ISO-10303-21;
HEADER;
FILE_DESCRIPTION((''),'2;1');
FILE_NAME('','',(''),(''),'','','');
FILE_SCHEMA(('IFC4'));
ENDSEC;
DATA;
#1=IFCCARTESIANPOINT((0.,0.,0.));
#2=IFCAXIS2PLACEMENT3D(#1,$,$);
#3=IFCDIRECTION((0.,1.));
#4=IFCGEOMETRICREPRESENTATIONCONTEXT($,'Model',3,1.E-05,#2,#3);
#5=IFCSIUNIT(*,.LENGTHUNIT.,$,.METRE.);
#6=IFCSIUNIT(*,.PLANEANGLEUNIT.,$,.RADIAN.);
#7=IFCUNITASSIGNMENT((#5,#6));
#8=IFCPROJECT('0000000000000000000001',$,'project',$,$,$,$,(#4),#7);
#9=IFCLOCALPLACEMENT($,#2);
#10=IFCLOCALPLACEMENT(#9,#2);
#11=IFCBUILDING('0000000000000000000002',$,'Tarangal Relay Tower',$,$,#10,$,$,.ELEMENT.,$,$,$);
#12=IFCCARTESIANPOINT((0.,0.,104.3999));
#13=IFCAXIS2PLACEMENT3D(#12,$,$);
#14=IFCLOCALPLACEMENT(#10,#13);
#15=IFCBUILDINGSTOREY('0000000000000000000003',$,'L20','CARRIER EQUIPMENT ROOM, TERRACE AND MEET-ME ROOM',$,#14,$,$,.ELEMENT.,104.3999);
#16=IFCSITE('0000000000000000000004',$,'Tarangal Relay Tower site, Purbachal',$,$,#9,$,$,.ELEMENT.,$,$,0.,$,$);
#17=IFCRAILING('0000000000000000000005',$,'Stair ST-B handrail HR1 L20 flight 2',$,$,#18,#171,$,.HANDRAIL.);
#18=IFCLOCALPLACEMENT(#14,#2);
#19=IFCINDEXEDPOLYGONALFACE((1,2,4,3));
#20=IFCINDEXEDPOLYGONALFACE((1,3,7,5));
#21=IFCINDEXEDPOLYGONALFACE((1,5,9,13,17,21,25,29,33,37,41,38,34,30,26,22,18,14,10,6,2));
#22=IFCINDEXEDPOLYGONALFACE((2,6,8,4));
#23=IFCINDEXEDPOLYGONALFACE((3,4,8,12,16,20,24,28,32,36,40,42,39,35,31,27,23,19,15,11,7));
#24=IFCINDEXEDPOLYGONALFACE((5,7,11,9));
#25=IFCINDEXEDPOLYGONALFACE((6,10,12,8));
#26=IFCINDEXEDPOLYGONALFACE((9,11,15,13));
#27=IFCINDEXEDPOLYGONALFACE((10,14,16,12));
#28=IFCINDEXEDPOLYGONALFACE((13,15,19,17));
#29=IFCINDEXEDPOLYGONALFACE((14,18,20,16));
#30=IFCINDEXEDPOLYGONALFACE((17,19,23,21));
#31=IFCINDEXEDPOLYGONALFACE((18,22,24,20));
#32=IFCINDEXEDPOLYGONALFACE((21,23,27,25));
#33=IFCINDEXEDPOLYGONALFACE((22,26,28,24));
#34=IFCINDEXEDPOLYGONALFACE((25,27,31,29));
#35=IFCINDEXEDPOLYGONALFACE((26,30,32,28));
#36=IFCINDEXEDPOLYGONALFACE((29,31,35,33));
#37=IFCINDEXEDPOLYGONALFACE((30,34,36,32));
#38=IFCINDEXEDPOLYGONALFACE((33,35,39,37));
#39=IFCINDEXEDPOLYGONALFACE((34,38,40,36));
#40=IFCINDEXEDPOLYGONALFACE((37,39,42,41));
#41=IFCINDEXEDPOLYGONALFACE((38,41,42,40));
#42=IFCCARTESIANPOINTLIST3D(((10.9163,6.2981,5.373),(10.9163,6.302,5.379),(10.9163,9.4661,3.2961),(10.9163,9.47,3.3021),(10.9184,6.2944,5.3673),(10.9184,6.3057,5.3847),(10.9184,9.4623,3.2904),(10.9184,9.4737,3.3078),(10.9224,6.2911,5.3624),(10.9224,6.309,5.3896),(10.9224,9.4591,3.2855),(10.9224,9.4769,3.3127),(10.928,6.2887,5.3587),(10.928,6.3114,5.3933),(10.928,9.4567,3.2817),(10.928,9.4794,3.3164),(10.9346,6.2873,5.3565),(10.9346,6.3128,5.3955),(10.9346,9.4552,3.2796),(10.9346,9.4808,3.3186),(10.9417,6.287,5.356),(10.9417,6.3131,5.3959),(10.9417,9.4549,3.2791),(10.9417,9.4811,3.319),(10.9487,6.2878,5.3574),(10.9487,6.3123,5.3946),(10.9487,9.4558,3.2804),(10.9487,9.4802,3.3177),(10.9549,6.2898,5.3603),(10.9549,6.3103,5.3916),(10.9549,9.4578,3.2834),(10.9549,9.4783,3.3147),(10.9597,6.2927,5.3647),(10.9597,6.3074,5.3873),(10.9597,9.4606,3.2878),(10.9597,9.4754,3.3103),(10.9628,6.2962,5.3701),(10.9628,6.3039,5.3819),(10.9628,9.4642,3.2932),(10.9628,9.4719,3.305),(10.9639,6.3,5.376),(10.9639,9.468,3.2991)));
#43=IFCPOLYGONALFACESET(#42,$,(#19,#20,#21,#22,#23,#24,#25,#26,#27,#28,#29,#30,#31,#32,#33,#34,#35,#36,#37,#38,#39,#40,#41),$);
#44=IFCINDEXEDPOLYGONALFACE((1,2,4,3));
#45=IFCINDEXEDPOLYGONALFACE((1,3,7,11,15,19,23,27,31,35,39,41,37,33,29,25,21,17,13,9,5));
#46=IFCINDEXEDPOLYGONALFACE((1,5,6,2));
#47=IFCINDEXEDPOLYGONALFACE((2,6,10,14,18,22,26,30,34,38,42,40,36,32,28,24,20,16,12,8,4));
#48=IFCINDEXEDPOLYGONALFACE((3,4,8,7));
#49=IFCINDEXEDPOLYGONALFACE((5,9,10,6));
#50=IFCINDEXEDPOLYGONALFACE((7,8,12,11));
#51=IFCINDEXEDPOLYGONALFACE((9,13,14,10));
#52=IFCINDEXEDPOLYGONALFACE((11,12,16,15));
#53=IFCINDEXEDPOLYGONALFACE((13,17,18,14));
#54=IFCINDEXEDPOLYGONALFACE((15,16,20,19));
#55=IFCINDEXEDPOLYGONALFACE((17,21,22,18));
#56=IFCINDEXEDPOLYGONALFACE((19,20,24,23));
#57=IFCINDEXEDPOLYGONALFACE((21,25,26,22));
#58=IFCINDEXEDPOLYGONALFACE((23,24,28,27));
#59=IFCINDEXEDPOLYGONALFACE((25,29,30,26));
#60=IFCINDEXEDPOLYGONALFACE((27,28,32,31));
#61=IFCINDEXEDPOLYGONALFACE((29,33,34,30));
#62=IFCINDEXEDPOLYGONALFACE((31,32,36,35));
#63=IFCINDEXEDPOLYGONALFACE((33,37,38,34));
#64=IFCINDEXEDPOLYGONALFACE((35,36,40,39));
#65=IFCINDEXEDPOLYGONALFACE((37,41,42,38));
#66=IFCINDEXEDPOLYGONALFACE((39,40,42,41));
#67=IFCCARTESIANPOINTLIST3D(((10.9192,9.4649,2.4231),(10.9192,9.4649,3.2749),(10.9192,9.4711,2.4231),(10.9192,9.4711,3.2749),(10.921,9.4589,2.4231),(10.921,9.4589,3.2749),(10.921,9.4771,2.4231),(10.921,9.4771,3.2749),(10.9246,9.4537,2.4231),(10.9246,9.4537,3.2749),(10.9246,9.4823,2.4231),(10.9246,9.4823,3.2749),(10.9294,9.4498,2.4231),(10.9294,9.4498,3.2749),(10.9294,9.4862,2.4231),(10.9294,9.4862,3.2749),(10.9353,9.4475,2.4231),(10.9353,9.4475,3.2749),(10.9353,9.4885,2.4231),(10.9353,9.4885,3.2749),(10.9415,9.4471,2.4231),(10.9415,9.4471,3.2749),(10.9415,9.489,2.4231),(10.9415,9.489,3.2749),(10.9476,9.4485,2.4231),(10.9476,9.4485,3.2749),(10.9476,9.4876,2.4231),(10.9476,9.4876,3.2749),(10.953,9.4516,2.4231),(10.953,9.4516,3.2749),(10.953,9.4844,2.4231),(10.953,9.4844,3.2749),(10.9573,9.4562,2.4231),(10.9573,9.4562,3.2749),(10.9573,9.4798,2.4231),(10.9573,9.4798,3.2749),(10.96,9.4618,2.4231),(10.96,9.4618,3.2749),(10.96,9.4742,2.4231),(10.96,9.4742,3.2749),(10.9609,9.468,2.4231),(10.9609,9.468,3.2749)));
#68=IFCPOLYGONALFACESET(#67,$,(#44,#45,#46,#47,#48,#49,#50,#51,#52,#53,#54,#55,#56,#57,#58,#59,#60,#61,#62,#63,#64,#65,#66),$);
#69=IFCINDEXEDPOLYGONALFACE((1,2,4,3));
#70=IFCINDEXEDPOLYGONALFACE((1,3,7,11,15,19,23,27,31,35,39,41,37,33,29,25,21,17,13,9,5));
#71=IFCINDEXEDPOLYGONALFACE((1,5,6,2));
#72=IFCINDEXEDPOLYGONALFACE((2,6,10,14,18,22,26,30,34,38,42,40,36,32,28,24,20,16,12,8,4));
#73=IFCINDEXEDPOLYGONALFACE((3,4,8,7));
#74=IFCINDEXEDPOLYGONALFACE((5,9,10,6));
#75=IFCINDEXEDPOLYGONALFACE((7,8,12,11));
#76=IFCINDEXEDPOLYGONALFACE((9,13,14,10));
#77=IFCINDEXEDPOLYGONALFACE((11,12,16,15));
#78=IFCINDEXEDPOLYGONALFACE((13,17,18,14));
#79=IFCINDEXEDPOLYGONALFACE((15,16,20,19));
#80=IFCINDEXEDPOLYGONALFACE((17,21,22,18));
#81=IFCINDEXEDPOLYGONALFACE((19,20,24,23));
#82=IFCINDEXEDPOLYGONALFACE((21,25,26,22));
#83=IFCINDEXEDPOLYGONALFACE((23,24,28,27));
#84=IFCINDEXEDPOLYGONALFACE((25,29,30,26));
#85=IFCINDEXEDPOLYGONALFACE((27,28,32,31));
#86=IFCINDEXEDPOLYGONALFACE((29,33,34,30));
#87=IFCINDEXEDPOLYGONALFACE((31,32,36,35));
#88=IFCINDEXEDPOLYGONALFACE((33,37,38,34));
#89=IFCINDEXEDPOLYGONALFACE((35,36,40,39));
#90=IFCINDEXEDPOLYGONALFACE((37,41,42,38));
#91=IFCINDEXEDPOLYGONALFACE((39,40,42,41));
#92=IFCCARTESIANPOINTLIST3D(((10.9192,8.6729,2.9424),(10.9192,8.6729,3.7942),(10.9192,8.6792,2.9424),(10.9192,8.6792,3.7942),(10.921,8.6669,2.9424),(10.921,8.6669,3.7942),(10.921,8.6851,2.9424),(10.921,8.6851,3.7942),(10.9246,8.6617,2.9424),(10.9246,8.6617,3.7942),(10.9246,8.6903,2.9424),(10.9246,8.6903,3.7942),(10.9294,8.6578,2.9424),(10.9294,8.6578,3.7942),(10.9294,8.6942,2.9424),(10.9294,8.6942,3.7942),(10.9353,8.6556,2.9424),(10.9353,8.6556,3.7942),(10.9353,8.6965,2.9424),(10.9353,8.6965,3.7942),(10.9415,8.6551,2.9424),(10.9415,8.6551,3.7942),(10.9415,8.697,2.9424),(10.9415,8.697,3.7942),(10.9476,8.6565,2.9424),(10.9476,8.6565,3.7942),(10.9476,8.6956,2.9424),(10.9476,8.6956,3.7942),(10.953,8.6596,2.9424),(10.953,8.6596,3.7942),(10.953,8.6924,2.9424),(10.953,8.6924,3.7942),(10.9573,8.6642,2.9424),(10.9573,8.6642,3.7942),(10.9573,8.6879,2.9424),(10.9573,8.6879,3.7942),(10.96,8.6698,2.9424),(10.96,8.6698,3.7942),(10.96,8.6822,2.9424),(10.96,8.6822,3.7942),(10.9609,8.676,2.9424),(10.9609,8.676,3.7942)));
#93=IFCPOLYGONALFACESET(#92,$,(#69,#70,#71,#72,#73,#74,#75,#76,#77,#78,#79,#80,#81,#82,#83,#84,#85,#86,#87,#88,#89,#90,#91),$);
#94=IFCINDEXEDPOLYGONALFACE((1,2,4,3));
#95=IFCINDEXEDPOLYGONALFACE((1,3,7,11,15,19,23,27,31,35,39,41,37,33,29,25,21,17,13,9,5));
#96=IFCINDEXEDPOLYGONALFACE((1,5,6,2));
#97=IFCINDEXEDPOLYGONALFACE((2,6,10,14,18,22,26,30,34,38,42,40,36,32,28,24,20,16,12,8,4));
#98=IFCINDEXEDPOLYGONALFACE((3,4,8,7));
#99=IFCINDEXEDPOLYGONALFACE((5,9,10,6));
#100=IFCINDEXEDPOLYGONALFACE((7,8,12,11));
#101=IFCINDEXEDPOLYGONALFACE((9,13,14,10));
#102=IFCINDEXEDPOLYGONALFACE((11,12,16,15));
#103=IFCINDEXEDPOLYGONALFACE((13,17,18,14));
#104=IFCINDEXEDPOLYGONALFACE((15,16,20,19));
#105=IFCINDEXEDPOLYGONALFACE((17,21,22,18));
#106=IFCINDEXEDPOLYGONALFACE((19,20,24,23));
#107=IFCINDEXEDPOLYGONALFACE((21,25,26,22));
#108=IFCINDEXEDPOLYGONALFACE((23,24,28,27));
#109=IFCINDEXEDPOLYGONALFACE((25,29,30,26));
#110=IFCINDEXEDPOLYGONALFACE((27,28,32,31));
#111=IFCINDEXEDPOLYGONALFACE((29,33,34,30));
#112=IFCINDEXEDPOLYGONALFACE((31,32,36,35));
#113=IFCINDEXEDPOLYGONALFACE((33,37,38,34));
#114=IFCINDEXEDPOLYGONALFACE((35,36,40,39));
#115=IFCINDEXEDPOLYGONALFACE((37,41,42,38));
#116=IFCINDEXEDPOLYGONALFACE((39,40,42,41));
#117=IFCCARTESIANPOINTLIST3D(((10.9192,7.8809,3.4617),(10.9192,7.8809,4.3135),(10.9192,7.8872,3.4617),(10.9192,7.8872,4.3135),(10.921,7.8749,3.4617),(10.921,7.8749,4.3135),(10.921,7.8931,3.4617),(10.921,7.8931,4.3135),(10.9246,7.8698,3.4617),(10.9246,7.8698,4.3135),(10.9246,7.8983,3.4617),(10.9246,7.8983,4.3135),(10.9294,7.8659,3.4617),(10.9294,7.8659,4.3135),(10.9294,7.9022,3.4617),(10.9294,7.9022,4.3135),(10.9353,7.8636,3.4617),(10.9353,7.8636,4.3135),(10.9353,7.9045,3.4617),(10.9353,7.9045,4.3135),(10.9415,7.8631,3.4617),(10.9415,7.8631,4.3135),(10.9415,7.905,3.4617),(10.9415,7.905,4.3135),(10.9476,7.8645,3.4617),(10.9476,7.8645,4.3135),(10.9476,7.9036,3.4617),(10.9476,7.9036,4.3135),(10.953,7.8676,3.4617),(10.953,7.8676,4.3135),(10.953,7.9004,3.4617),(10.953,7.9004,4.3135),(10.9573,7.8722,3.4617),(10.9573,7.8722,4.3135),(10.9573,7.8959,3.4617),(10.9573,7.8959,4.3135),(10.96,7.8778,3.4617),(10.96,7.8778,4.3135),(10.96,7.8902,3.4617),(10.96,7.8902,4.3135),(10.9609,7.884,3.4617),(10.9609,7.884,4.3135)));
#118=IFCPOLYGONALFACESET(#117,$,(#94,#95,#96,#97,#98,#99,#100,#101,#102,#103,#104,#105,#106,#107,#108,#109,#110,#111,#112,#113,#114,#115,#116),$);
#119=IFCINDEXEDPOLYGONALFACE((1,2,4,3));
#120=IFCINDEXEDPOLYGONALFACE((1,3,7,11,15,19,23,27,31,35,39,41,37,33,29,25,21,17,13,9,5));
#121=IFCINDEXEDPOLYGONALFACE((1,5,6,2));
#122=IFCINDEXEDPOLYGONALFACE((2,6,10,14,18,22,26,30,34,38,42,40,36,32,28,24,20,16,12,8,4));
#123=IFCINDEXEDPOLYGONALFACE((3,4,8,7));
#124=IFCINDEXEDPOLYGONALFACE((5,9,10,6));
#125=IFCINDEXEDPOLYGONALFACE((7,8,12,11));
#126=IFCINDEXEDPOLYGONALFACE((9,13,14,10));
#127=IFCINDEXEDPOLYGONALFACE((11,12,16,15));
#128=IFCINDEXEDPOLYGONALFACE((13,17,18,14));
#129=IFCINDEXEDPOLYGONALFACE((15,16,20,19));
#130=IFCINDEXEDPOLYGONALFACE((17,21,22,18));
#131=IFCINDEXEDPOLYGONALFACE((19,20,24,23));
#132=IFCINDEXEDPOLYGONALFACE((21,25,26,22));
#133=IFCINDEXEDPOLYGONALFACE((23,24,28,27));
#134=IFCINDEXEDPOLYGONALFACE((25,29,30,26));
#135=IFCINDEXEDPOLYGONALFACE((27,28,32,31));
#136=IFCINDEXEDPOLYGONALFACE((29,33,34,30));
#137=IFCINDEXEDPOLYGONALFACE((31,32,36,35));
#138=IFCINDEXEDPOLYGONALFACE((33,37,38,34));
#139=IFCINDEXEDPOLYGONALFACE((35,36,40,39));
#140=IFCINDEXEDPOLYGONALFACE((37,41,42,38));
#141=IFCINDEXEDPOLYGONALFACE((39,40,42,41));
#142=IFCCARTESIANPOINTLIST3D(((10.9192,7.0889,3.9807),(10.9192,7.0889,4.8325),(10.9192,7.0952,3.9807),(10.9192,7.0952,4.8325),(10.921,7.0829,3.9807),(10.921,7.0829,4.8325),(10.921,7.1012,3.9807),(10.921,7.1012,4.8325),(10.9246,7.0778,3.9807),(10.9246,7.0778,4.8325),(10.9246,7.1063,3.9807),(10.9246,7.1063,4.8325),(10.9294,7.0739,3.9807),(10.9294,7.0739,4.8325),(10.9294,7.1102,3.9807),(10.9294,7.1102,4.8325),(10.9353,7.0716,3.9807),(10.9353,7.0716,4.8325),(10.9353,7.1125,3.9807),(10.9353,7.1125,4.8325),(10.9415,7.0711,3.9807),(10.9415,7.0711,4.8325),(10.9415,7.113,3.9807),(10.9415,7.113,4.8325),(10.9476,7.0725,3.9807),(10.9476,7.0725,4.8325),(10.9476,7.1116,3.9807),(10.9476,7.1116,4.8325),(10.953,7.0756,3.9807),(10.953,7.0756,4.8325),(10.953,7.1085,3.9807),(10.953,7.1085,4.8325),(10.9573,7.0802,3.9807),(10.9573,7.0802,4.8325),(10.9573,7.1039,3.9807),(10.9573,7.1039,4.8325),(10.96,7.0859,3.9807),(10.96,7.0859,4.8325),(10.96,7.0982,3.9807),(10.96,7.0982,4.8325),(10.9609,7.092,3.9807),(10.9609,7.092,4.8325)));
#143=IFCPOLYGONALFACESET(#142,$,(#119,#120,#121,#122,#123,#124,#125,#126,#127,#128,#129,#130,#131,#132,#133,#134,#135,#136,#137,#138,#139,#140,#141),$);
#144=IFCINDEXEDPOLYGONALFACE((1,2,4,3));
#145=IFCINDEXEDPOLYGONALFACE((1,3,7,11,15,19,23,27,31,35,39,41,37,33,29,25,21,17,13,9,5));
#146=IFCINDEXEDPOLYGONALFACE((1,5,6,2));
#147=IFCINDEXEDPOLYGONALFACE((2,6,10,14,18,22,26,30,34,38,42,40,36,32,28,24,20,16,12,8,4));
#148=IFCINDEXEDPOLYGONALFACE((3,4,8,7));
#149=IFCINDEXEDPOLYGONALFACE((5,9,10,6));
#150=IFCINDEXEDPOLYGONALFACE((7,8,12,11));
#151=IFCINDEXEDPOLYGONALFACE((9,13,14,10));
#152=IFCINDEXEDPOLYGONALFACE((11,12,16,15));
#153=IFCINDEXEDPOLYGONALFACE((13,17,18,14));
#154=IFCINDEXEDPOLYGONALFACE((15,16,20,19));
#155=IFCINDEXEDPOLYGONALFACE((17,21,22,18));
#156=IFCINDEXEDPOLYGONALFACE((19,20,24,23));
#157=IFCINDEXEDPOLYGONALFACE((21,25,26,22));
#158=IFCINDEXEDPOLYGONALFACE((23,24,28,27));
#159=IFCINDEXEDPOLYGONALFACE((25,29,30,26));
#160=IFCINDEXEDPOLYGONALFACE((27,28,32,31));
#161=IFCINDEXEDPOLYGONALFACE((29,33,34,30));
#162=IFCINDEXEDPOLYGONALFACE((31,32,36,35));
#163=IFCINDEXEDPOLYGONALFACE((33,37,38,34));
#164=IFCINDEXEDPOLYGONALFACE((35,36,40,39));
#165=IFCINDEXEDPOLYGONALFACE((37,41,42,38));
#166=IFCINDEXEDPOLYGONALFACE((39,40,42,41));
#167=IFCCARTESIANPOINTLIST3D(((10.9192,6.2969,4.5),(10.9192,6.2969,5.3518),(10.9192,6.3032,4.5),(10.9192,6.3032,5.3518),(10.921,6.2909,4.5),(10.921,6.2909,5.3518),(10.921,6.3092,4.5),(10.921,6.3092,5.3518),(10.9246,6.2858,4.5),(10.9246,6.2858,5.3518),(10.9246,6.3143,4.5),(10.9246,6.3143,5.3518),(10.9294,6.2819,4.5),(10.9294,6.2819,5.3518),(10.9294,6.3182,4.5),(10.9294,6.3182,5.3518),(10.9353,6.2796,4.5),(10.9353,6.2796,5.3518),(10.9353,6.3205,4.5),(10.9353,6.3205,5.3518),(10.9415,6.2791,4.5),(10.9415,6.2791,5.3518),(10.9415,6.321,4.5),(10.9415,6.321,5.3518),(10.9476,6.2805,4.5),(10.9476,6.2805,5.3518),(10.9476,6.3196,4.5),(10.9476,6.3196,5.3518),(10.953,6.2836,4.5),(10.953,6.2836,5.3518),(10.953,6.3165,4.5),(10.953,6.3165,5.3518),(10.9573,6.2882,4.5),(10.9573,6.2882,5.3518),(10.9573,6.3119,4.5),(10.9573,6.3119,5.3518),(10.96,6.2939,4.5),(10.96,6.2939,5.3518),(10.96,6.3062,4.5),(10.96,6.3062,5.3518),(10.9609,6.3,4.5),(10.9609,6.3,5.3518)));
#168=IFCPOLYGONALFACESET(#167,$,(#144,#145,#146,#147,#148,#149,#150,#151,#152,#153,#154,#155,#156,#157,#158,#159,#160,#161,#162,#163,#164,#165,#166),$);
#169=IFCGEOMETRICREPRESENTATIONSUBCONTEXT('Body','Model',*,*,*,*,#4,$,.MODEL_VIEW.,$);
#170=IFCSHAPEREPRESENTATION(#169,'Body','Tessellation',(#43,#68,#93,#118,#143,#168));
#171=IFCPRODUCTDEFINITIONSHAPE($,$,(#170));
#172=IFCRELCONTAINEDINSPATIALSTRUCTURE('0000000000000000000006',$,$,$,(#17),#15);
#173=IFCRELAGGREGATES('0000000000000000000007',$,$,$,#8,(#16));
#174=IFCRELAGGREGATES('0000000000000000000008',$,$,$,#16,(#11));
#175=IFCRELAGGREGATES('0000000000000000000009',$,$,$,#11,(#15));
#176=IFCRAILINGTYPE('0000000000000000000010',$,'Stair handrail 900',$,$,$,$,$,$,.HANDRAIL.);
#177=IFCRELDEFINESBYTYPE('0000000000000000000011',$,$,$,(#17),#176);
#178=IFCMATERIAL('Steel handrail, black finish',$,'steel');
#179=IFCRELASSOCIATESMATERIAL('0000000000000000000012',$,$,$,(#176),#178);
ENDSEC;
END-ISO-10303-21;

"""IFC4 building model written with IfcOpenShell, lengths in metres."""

from ifc_helpers import new_model, si_unit, direction, frame, origin, origin_2d, place, context, subcontext, project, spatial, circle, extrude, material, type_object, element, save


model = new_model("IFC4")

# Units and contexts
model_context = context("Model", 3, precision=1e-05, world=origin(), true_north=direction((0.0, 1.0)))
body_context = subcontext(model_context, "Body", "Model", "MODEL_VIEW")
ifc_project = project(units=[si_unit("LENGTHUNIT", "METRE"), si_unit("PLANEANGLEUNIT", "RADIAN")], contexts=[model_context])

# Site, building, storey
site_placement = place(None, origin())
site = spatial("IfcSite", under=ifc_project, at=site_placement, Name="Tarangal Relay Tower site, Purbachal", CompositionType="ELEMENT", RefElevation=0.0)
building_placement = place(site_placement, origin())
building = spatial("IfcBuilding", under=site, at=building_placement, Name="Tarangal Relay Tower", CompositionType="ELEMENT")
storey_placement = place(building_placement, frame((0.0, 0.0, 104.3999)))
storey = spatial("IfcBuildingStorey", under=building, at=storey_placement, Name="L20", Description="CARRIER EQUIPMENT ROOM, TERRACE AND MEET-ME ROOM", CompositionType="ELEMENT", Elevation=104.3999)

# Railing
ifc_material_1 = material(Name="Steel handrail, black finish", Category="steel")
railing_type_1 = type_object("IfcRailingType", Name="Stair handrail 900", PredefinedType="HANDRAIL", material=ifc_material_1)
railing_1_placement = place(storey_placement, frame((10.9399, 9.468, 2.4231)))
element("IfcRailing", 1, at=railing_1_placement, inside=storey, type_object=railing_type_1, Name="Stair ST-B handrail HR1 L20 flight 2", PredefinedType="HANDRAIL", context=body_context, shape_type="SweptSolid", body=[
    extrude(circle(Radius=0.0239, at=origin_2d()), frame((0.0, 0.0, 0.876), z_axis=(0.0, -0.836299, 0.548273), x_axis=(1.0, 0.0, 0.0)), (0.0, 0.0, 1.0), 3.7881),
    extrude(circle(Radius=0.021, at=origin_2d()), origin(), (0.0, 0.0, 1.0), 0.8518),
    extrude(circle(Radius=0.021, at=origin_2d()), frame((0.0, -0.792, 0.5193)), (0.0, 0.0, 1.0), 0.8518),
    extrude(circle(Radius=0.021, at=origin_2d()), frame((0.0, -1.584, 1.0386)), (0.0, 0.0, 1.0), 0.8518),
    extrude(circle(Radius=0.021, at=origin_2d()), frame((0.0, -2.376, 1.5576)), (0.0, 0.0, 1.0), 0.8518),
    extrude(circle(Radius=0.021, at=origin_2d()), frame((0.0, -3.168, 2.0769)), (0.0, 0.0, 1.0), 0.8518),
])

save(model, "model.ifc")
